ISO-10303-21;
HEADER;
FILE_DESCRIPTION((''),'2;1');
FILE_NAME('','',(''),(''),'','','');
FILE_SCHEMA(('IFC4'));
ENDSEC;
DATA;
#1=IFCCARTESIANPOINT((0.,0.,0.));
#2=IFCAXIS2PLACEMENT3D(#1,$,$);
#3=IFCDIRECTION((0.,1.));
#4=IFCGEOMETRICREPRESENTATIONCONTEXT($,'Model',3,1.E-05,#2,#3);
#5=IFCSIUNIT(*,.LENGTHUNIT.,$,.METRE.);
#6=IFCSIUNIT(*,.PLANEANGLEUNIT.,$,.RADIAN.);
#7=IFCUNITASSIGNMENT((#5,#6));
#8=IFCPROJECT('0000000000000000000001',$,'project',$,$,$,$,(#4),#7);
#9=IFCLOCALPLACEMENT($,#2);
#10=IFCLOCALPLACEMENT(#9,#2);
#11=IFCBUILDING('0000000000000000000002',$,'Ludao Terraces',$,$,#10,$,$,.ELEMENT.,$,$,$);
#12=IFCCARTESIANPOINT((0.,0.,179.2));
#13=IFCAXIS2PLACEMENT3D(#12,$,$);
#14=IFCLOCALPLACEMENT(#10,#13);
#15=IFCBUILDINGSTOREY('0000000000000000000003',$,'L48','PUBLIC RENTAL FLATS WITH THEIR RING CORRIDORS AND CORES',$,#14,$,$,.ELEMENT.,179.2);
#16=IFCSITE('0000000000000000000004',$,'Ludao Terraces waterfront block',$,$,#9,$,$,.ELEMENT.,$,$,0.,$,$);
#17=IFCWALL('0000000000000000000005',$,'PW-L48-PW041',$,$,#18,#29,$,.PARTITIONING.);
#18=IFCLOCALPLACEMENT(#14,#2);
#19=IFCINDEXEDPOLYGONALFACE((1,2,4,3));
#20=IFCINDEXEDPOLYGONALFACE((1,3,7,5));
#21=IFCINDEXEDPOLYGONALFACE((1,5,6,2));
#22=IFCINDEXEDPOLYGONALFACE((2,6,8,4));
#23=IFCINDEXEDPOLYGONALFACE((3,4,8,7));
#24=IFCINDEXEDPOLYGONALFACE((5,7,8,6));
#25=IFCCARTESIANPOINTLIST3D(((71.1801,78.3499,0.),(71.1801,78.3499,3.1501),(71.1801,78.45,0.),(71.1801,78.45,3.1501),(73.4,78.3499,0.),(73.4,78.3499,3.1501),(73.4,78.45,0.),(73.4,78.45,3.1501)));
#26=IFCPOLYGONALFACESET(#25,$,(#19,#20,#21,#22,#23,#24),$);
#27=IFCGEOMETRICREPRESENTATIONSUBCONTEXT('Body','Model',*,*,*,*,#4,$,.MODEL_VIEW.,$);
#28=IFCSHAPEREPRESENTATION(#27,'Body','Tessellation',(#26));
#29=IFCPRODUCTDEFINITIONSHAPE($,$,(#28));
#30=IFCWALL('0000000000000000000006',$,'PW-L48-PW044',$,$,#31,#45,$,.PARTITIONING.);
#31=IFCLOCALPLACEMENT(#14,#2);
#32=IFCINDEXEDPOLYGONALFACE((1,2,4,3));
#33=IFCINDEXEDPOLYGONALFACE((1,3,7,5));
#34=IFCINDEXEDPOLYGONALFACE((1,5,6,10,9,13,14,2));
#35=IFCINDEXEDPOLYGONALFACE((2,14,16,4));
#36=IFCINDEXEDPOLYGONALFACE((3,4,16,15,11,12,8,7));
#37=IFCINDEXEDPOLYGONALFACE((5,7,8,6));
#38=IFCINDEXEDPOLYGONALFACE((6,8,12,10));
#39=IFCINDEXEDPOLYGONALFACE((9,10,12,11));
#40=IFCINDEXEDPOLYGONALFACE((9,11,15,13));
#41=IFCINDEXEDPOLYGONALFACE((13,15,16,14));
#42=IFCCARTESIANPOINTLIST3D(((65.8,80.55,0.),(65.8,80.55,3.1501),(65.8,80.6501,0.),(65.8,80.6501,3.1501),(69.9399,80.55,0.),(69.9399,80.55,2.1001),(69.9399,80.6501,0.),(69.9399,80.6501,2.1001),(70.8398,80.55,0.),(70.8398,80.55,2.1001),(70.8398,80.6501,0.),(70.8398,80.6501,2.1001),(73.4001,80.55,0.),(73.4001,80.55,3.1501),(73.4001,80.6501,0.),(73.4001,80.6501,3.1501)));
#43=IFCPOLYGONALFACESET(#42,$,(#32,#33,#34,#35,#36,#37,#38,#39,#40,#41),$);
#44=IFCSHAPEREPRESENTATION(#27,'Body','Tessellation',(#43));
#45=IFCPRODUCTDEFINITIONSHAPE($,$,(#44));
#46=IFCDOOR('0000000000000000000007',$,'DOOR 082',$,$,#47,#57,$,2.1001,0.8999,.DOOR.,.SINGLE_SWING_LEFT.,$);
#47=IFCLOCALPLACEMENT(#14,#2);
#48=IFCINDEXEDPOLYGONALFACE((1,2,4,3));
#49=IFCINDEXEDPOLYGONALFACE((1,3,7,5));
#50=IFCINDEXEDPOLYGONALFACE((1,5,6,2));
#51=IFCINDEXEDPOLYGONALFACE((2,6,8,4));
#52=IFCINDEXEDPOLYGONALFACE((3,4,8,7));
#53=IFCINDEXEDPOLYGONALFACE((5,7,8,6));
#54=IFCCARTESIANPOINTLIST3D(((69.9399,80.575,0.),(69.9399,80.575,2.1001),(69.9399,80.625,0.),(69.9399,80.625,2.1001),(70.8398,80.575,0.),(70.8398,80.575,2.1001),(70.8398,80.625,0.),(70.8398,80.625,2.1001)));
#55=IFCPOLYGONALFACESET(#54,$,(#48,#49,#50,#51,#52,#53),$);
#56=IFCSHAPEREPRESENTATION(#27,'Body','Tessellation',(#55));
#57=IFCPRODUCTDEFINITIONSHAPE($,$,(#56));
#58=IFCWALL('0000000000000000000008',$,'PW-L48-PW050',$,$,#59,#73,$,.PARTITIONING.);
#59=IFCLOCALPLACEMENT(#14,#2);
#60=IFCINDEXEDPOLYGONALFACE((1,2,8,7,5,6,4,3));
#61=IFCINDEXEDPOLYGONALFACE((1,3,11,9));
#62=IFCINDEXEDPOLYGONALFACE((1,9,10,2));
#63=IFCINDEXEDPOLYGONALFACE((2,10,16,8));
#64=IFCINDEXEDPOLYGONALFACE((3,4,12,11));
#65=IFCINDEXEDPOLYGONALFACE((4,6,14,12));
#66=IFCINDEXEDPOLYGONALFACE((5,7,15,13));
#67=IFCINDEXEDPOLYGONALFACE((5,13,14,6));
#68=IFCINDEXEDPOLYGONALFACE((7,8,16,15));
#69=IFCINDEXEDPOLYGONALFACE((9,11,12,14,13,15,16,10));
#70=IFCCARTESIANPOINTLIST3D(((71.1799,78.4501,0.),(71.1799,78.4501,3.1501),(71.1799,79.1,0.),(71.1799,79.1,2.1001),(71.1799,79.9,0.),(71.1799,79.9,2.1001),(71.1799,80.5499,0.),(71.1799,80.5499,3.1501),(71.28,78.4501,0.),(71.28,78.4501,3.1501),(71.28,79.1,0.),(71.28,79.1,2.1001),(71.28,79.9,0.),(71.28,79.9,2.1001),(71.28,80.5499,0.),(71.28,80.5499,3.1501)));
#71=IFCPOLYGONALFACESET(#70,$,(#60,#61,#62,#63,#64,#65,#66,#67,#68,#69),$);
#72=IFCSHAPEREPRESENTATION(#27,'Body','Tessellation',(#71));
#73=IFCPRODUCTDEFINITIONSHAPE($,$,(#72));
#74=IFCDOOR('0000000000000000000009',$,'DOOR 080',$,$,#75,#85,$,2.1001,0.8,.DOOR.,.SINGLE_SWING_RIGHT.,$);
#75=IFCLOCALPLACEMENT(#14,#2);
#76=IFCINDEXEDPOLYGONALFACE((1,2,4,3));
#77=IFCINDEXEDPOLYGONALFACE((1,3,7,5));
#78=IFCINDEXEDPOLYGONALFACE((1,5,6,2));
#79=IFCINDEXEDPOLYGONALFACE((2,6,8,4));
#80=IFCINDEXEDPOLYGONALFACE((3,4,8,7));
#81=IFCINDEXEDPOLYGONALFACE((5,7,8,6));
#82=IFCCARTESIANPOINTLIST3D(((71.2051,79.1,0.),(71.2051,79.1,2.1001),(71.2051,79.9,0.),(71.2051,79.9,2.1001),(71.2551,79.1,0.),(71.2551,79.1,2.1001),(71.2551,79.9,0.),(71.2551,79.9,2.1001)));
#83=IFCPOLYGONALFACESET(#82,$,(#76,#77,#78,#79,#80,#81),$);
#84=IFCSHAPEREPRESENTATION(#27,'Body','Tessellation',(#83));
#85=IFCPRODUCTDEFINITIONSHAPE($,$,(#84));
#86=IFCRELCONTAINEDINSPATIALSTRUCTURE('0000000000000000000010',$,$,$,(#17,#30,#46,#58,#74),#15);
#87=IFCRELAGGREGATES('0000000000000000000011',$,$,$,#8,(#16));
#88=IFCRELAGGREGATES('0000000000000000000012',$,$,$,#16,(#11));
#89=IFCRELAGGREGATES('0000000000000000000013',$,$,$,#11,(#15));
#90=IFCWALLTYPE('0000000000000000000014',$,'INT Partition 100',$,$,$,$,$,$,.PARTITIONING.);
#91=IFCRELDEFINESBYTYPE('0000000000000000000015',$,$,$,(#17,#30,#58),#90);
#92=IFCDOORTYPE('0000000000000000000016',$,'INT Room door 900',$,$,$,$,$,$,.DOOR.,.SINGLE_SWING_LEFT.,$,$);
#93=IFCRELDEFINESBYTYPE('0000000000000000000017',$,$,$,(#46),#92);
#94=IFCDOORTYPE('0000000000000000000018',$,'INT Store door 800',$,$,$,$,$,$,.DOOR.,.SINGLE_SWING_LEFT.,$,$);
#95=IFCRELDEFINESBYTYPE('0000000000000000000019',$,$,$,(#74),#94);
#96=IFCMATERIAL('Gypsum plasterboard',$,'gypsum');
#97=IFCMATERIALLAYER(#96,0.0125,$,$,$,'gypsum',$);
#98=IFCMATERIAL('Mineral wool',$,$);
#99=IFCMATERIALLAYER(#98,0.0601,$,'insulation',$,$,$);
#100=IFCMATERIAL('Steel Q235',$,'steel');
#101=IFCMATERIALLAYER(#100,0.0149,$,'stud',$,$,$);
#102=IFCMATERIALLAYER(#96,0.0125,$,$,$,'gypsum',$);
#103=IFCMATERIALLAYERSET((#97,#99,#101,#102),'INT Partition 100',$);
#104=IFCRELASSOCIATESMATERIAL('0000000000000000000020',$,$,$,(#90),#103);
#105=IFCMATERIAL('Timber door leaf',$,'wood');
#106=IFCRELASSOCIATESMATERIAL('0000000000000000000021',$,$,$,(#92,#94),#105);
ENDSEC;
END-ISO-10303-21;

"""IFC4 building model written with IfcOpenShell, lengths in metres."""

from ifc_helpers import new_model, si_unit, direction, frame, frame_2d, origin, place, context, subcontext, project, spatial, rectangle, extrude, material, layer, layer_set, type_object, element, fill, save


model = new_model("IFC4")

# Units and contexts
model_context = context("Model", 3, precision=1e-05, world=origin(), true_north=direction((0.0, 1.0)))
body_context = subcontext(model_context, "Body", "Model", "MODEL_VIEW")
ifc_project = project(units=[si_unit("LENGTHUNIT", "METRE"), si_unit("PLANEANGLEUNIT", "RADIAN")], contexts=[model_context])

# Site, building, storey
site_placement = place(None, origin())
site = spatial("IfcSite", under=ifc_project, at=site_placement, Name="Ludao Terraces waterfront block", CompositionType="ELEMENT", RefElevation=0.0)
building_placement = place(site_placement, origin())
building = spatial("IfcBuilding", under=site, at=building_placement, Name="Ludao Terraces", CompositionType="ELEMENT")
storey_placement = place(building_placement, frame((0.0, 0.0, 179.2)))
storey = spatial("IfcBuildingStorey", under=building, at=storey_placement, Name="L48", Description="PUBLIC RENTAL FLATS WITH THEIR RING CORRIDORS AND CORES", CompositionType="ELEMENT", Elevation=179.2)

# Shared definitions
ifc_material_1 = material(Name="Steel Q235", Category="steel")

# Shared definitions
ifc_material_2 = material(Name="Mineral wool")

# Wall
ifc_material_3 = material(Name="Gypsum plasterboard", Category="gypsum")
ifc_layer_1 = layer(ifc_material_3, 0.0125, Category="gypsum")
ifc_layer_2 = layer(ifc_material_2, 0.0601, Name="insulation")
ifc_layer_3 = layer(ifc_material_1, 0.0149, Name="stud")
ifc_layer_4 = layer(ifc_material_3, 0.0125, Category="gypsum")
ifc_layer_set_1 = layer_set([ifc_layer_1, ifc_layer_2, ifc_layer_3, ifc_layer_4], Name="INT Partition 100")
wall_type_1 = type_object("IfcWallType", Name="INT Partition 100", PredefinedType="PARTITIONING", material=ifc_layer_set_1)
for number, where, z_axis, x_axis, name in (
    (1, (71.1802, 78.3999, 0.0), (0.0, 0.0, 1.0), (1.0, 0.0, 0.0), "PW-L48-PW041"),
):
    element("IfcWall", number, at=place(storey_placement, frame(where, z_axis=z_axis, x_axis=x_axis)), inside=storey, type_object=wall_type_1, Name=name, PredefinedType="PARTITIONING", context=body_context, shape_type="SweptSolid", body=[
        extrude(rectangle(XDim=2.22, YDim=0.1001, at=frame_2d((1.1099, 0.0))), origin(), (0.0, 0.0, 1.0), 3.1501),
    ])

# Walls, openings, doors
wall_1_placement = place(storey_placement, frame((65.8, 80.6001, 0.0), z_axis=(0.0, 0.0, 1.0), x_axis=(1.0, 0.0, 0.0)))
wall_1 = element("IfcWall", 2, at=wall_1_placement, inside=storey, type_object=wall_type_1, Name="PW-L48-PW044", PredefinedType="PARTITIONING", context=body_context, shape_type="SweptSolid", body=[
    extrude(rectangle(XDim=7.6001, YDim=0.1001, at=frame_2d((3.8, 0.0))), origin(), (0.0, 0.0, 1.0), 3.1501),
])
opening_1_placement = place(wall_1_placement, frame((4.1399, 0.0, 0.0)))
opening_1 = element("IfcOpeningElement", 3, at=opening_1_placement, cuts=wall_1, PredefinedType="OPENING", context=body_context, shape_type="SweptSolid", body=[
    extrude(rectangle(XDim=0.8999, YDim=2.1001, at=frame_2d((0.45, 1.05))), frame((0.0, 0.0601, 0.0), z_axis=(0.0, -1.0, 0.0), x_axis=(1.0, 0.0, 0.0)), (0.0, 0.0, 1.0), 0.1201),
])
ifc_material_4 = material(Name="Timber door leaf", Category="wood")
door_type_1 = type_object("IfcDoorType", Name="INT Room door 900", OperationType="SINGLE_SWING_LEFT", PredefinedType="DOOR", material=ifc_material_4)
door_1_placement = place(opening_1_placement, origin())
door_1 = element("IfcDoor", 4, at=door_1_placement, inside=storey, type_object=door_type_1, Name="DOOR 082", OperationType="SINGLE_SWING_LEFT", OverallHeight=2.1001, OverallWidth=0.8999, PredefinedType="DOOR", context=body_context, shape_type="SweptSolid", body=[
    extrude(rectangle(XDim=0.8999, YDim=2.1001, at=frame_2d((0.45, 1.05))), frame((0.0, 0.0249, 0.0), z_axis=(0.0, -1.0, 0.0), x_axis=(1.0, 0.0, 0.0)), (0.0, 0.0, 1.0), 0.05),
])
fill(opening_1, door_1)
wall_2_placement = place(storey_placement, frame((71.23, 78.4502, 0.0), z_axis=(0.0, 0.0, 1.0), x_axis=(0.0, 1.0, 0.0)))
wall_2 = element("IfcWall", 5, at=wall_2_placement, inside=storey, type_object=wall_type_1, Name="PW-L48-PW050", PredefinedType="PARTITIONING", context=body_context, shape_type="SweptSolid", body=[
    extrude(rectangle(XDim=2.0999, YDim=0.1001, at=frame_2d((1.0498, 0.0))), origin(), (0.0, 0.0, 1.0), 3.1501),
])
opening_2_placement = place(wall_2_placement, frame((0.6499, 0.0, 0.0)))
opening_2 = element("IfcOpeningElement", 6, at=opening_2_placement, cuts=wall_2, PredefinedType="OPENING", context=body_context, shape_type="SweptSolid", body=[
    extrude(rectangle(XDim=0.8, YDim=2.1001, at=frame_2d((0.3999, 1.05))), frame((0.0, 0.0601, 0.0), z_axis=(0.0, -1.0, 0.0), x_axis=(1.0, 0.0, 0.0)), (0.0, 0.0, 1.0), 0.1201),
])
door_type_2 = type_object("IfcDoorType", Name="INT Store door 800", OperationType="SINGLE_SWING_LEFT", PredefinedType="DOOR", material=ifc_material_4)
door_2_placement = place(opening_2_placement, origin())
door_2 = element("IfcDoor", 7, at=door_2_placement, inside=storey, type_object=door_type_2, Name="DOOR 080", OperationType="SINGLE_SWING_RIGHT", OverallHeight=2.1001, OverallWidth=0.8, PredefinedType="DOOR", context=body_context, shape_type="SweptSolid", body=[
    extrude(rectangle(XDim=0.8, YDim=2.1001, at=frame_2d((0.3999, 1.05))), frame((0.0, 0.0249, 0.0), z_axis=(0.0, -1.0, 0.0), x_axis=(1.0, 0.0, 0.0)), (0.0, 0.0, 1.0), 0.05),
])
fill(opening_2, door_2)

save(model, "model.ifc")
